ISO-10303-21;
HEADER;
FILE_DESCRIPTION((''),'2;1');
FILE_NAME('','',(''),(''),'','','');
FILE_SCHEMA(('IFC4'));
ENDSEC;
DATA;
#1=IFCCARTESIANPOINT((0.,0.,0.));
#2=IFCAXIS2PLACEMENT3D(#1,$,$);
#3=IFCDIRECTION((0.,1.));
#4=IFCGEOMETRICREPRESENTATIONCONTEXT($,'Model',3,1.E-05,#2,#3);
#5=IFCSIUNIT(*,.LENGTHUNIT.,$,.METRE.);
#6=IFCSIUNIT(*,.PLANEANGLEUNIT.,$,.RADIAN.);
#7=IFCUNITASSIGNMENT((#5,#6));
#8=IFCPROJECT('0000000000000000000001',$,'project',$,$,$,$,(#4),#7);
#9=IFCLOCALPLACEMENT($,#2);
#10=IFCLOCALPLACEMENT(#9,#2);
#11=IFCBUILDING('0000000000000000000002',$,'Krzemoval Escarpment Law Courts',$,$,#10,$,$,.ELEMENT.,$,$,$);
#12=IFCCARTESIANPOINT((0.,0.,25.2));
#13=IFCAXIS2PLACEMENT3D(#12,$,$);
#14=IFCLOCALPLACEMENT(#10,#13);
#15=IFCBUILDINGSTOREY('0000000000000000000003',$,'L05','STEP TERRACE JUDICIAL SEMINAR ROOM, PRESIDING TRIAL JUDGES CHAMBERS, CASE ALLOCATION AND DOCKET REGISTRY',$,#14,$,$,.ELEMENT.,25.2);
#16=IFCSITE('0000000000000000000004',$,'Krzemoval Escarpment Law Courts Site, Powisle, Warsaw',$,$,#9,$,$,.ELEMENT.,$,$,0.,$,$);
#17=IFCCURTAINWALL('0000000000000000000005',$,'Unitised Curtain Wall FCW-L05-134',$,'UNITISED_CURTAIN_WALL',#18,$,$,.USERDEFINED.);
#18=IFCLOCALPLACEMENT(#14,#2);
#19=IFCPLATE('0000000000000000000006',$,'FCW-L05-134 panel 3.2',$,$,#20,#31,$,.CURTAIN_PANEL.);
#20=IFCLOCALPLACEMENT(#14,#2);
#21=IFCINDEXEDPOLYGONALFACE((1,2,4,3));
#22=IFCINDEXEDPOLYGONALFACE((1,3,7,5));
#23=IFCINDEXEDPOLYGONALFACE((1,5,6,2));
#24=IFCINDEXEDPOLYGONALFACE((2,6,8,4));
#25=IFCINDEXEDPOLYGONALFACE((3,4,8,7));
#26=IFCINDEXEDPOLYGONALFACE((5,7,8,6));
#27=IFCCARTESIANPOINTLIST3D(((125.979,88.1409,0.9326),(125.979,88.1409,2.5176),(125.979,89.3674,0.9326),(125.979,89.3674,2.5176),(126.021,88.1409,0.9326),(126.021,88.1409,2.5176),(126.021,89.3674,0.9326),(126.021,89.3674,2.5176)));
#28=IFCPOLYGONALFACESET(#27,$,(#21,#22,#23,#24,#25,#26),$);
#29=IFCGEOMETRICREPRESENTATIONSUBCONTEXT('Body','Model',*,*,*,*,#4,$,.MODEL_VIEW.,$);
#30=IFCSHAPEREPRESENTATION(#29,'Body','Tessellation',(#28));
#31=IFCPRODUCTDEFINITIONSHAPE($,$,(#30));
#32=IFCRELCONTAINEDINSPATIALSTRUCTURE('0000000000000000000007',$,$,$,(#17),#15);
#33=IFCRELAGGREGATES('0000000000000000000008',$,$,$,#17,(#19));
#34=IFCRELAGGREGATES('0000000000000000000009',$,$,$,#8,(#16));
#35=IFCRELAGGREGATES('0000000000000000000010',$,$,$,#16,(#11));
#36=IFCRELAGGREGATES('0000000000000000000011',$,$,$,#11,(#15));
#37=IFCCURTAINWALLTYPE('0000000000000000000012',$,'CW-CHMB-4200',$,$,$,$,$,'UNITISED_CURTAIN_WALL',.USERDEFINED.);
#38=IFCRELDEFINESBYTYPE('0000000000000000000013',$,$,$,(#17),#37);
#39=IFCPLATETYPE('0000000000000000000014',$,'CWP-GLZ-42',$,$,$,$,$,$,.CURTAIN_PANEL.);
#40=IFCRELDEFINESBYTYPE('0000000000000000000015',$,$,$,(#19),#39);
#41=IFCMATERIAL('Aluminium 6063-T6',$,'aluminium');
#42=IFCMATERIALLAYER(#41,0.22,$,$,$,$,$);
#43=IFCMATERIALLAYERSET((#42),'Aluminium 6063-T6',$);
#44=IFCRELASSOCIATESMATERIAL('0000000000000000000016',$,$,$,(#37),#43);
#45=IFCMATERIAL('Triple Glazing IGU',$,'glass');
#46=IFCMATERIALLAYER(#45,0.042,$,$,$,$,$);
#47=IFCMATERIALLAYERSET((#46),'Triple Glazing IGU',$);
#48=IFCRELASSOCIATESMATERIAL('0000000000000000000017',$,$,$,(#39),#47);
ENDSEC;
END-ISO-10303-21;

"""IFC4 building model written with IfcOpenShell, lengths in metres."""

from ifc_helpers import new_model, si_unit, direction, frame, origin, origin_2d, place, context, subcontext, project, spatial, rectangle, extrude, material, layer, layer_set, type_object, element, aggregate, save


model = new_model("IFC4")

# Units and contexts
model_context = context("Model", 3, precision=1e-05, world=origin(), true_north=direction((0.0, 1.0)))
body_context = subcontext(model_context, "Body", "Model", "MODEL_VIEW")
ifc_project = project(units=[si_unit("LENGTHUNIT", "METRE"), si_unit("PLANEANGLEUNIT", "RADIAN")], contexts=[model_context])

# Site, building, storey
site_placement = place(None, origin())
site = spatial("IfcSite", under=ifc_project, at=site_placement, Name="Krzemoval Escarpment Law Courts Site, Powisle, Warsaw", CompositionType="ELEMENT", RefElevation=0.0)
building_placement = place(site_placement, origin())
building = spatial("IfcBuilding", under=site, at=building_placement, Name="Krzemoval Escarpment Law Courts", CompositionType="ELEMENT")
storey_placement = place(building_placement, frame((0.0, 0.0, 25.2)))
storey = spatial("IfcBuildingStorey", under=building, at=storey_placement, Name="L05", Description="STEP TERRACE JUDICIAL SEMINAR ROOM, PRESIDING TRIAL JUDGES CHAMBERS, CASE ALLOCATION AND DOCKET REGISTRY", CompositionType="ELEMENT", Elevation=25.2)

# Curtain wall, plate
ifc_material_1 = material(Name="Aluminium 6063-T6", Category="aluminium")
ifc_layer_1 = layer(ifc_material_1, 0.22)
ifc_layer_set_1 = layer_set([ifc_layer_1], Name="Aluminium 6063-T6")
curtain_wall_type = type_object("IfcCurtainWallType", Name="CW-CHMB-4200", ElementType="UNITISED_CURTAIN_WALL", PredefinedType="USERDEFINED", material=ifc_layer_set_1)
curtain_wall_placement = place(storey_placement, origin())
curtain_wall = element("IfcCurtainWall", 1, at=curtain_wall_placement, inside=storey, type_object=curtain_wall_type, Name="Unitised Curtain Wall FCW-L05-134", ObjectType="UNITISED_CURTAIN_WALL", PredefinedType="USERDEFINED")
ifc_material_2 = material(Name="Triple Glazing IGU", Category="glass")
ifc_layer_2 = layer(ifc_material_2, 0.042)
ifc_layer_set_2 = layer_set([ifc_layer_2], Name="Triple Glazing IGU")
plate_type = type_object("IfcPlateType", Name="CWP-GLZ-42", PredefinedType="CURTAIN_PANEL", material=ifc_layer_set_2)
plate_1_placement = place(storey_placement, frame((126.0, 88.7542, 0.9326), z_axis=(0.0, 0.0, 1.0), x_axis=(0.0, 1.0, 0.0)))
plate_1 = element("IfcPlate", 2, at=plate_1_placement, type_object=plate_type, Name="FCW-L05-134 panel 3.2", PredefinedType="CURTAIN_PANEL", context=body_context, shape_type="SweptSolid", body=[
    extrude(rectangle(XDim=1.2266, YDim=0.042, at=origin_2d()), origin(), (0.0, 0.0, 1.0), 1.585),
])
aggregate(curtain_wall, [plate_1])

save(model, "model.ifc")
